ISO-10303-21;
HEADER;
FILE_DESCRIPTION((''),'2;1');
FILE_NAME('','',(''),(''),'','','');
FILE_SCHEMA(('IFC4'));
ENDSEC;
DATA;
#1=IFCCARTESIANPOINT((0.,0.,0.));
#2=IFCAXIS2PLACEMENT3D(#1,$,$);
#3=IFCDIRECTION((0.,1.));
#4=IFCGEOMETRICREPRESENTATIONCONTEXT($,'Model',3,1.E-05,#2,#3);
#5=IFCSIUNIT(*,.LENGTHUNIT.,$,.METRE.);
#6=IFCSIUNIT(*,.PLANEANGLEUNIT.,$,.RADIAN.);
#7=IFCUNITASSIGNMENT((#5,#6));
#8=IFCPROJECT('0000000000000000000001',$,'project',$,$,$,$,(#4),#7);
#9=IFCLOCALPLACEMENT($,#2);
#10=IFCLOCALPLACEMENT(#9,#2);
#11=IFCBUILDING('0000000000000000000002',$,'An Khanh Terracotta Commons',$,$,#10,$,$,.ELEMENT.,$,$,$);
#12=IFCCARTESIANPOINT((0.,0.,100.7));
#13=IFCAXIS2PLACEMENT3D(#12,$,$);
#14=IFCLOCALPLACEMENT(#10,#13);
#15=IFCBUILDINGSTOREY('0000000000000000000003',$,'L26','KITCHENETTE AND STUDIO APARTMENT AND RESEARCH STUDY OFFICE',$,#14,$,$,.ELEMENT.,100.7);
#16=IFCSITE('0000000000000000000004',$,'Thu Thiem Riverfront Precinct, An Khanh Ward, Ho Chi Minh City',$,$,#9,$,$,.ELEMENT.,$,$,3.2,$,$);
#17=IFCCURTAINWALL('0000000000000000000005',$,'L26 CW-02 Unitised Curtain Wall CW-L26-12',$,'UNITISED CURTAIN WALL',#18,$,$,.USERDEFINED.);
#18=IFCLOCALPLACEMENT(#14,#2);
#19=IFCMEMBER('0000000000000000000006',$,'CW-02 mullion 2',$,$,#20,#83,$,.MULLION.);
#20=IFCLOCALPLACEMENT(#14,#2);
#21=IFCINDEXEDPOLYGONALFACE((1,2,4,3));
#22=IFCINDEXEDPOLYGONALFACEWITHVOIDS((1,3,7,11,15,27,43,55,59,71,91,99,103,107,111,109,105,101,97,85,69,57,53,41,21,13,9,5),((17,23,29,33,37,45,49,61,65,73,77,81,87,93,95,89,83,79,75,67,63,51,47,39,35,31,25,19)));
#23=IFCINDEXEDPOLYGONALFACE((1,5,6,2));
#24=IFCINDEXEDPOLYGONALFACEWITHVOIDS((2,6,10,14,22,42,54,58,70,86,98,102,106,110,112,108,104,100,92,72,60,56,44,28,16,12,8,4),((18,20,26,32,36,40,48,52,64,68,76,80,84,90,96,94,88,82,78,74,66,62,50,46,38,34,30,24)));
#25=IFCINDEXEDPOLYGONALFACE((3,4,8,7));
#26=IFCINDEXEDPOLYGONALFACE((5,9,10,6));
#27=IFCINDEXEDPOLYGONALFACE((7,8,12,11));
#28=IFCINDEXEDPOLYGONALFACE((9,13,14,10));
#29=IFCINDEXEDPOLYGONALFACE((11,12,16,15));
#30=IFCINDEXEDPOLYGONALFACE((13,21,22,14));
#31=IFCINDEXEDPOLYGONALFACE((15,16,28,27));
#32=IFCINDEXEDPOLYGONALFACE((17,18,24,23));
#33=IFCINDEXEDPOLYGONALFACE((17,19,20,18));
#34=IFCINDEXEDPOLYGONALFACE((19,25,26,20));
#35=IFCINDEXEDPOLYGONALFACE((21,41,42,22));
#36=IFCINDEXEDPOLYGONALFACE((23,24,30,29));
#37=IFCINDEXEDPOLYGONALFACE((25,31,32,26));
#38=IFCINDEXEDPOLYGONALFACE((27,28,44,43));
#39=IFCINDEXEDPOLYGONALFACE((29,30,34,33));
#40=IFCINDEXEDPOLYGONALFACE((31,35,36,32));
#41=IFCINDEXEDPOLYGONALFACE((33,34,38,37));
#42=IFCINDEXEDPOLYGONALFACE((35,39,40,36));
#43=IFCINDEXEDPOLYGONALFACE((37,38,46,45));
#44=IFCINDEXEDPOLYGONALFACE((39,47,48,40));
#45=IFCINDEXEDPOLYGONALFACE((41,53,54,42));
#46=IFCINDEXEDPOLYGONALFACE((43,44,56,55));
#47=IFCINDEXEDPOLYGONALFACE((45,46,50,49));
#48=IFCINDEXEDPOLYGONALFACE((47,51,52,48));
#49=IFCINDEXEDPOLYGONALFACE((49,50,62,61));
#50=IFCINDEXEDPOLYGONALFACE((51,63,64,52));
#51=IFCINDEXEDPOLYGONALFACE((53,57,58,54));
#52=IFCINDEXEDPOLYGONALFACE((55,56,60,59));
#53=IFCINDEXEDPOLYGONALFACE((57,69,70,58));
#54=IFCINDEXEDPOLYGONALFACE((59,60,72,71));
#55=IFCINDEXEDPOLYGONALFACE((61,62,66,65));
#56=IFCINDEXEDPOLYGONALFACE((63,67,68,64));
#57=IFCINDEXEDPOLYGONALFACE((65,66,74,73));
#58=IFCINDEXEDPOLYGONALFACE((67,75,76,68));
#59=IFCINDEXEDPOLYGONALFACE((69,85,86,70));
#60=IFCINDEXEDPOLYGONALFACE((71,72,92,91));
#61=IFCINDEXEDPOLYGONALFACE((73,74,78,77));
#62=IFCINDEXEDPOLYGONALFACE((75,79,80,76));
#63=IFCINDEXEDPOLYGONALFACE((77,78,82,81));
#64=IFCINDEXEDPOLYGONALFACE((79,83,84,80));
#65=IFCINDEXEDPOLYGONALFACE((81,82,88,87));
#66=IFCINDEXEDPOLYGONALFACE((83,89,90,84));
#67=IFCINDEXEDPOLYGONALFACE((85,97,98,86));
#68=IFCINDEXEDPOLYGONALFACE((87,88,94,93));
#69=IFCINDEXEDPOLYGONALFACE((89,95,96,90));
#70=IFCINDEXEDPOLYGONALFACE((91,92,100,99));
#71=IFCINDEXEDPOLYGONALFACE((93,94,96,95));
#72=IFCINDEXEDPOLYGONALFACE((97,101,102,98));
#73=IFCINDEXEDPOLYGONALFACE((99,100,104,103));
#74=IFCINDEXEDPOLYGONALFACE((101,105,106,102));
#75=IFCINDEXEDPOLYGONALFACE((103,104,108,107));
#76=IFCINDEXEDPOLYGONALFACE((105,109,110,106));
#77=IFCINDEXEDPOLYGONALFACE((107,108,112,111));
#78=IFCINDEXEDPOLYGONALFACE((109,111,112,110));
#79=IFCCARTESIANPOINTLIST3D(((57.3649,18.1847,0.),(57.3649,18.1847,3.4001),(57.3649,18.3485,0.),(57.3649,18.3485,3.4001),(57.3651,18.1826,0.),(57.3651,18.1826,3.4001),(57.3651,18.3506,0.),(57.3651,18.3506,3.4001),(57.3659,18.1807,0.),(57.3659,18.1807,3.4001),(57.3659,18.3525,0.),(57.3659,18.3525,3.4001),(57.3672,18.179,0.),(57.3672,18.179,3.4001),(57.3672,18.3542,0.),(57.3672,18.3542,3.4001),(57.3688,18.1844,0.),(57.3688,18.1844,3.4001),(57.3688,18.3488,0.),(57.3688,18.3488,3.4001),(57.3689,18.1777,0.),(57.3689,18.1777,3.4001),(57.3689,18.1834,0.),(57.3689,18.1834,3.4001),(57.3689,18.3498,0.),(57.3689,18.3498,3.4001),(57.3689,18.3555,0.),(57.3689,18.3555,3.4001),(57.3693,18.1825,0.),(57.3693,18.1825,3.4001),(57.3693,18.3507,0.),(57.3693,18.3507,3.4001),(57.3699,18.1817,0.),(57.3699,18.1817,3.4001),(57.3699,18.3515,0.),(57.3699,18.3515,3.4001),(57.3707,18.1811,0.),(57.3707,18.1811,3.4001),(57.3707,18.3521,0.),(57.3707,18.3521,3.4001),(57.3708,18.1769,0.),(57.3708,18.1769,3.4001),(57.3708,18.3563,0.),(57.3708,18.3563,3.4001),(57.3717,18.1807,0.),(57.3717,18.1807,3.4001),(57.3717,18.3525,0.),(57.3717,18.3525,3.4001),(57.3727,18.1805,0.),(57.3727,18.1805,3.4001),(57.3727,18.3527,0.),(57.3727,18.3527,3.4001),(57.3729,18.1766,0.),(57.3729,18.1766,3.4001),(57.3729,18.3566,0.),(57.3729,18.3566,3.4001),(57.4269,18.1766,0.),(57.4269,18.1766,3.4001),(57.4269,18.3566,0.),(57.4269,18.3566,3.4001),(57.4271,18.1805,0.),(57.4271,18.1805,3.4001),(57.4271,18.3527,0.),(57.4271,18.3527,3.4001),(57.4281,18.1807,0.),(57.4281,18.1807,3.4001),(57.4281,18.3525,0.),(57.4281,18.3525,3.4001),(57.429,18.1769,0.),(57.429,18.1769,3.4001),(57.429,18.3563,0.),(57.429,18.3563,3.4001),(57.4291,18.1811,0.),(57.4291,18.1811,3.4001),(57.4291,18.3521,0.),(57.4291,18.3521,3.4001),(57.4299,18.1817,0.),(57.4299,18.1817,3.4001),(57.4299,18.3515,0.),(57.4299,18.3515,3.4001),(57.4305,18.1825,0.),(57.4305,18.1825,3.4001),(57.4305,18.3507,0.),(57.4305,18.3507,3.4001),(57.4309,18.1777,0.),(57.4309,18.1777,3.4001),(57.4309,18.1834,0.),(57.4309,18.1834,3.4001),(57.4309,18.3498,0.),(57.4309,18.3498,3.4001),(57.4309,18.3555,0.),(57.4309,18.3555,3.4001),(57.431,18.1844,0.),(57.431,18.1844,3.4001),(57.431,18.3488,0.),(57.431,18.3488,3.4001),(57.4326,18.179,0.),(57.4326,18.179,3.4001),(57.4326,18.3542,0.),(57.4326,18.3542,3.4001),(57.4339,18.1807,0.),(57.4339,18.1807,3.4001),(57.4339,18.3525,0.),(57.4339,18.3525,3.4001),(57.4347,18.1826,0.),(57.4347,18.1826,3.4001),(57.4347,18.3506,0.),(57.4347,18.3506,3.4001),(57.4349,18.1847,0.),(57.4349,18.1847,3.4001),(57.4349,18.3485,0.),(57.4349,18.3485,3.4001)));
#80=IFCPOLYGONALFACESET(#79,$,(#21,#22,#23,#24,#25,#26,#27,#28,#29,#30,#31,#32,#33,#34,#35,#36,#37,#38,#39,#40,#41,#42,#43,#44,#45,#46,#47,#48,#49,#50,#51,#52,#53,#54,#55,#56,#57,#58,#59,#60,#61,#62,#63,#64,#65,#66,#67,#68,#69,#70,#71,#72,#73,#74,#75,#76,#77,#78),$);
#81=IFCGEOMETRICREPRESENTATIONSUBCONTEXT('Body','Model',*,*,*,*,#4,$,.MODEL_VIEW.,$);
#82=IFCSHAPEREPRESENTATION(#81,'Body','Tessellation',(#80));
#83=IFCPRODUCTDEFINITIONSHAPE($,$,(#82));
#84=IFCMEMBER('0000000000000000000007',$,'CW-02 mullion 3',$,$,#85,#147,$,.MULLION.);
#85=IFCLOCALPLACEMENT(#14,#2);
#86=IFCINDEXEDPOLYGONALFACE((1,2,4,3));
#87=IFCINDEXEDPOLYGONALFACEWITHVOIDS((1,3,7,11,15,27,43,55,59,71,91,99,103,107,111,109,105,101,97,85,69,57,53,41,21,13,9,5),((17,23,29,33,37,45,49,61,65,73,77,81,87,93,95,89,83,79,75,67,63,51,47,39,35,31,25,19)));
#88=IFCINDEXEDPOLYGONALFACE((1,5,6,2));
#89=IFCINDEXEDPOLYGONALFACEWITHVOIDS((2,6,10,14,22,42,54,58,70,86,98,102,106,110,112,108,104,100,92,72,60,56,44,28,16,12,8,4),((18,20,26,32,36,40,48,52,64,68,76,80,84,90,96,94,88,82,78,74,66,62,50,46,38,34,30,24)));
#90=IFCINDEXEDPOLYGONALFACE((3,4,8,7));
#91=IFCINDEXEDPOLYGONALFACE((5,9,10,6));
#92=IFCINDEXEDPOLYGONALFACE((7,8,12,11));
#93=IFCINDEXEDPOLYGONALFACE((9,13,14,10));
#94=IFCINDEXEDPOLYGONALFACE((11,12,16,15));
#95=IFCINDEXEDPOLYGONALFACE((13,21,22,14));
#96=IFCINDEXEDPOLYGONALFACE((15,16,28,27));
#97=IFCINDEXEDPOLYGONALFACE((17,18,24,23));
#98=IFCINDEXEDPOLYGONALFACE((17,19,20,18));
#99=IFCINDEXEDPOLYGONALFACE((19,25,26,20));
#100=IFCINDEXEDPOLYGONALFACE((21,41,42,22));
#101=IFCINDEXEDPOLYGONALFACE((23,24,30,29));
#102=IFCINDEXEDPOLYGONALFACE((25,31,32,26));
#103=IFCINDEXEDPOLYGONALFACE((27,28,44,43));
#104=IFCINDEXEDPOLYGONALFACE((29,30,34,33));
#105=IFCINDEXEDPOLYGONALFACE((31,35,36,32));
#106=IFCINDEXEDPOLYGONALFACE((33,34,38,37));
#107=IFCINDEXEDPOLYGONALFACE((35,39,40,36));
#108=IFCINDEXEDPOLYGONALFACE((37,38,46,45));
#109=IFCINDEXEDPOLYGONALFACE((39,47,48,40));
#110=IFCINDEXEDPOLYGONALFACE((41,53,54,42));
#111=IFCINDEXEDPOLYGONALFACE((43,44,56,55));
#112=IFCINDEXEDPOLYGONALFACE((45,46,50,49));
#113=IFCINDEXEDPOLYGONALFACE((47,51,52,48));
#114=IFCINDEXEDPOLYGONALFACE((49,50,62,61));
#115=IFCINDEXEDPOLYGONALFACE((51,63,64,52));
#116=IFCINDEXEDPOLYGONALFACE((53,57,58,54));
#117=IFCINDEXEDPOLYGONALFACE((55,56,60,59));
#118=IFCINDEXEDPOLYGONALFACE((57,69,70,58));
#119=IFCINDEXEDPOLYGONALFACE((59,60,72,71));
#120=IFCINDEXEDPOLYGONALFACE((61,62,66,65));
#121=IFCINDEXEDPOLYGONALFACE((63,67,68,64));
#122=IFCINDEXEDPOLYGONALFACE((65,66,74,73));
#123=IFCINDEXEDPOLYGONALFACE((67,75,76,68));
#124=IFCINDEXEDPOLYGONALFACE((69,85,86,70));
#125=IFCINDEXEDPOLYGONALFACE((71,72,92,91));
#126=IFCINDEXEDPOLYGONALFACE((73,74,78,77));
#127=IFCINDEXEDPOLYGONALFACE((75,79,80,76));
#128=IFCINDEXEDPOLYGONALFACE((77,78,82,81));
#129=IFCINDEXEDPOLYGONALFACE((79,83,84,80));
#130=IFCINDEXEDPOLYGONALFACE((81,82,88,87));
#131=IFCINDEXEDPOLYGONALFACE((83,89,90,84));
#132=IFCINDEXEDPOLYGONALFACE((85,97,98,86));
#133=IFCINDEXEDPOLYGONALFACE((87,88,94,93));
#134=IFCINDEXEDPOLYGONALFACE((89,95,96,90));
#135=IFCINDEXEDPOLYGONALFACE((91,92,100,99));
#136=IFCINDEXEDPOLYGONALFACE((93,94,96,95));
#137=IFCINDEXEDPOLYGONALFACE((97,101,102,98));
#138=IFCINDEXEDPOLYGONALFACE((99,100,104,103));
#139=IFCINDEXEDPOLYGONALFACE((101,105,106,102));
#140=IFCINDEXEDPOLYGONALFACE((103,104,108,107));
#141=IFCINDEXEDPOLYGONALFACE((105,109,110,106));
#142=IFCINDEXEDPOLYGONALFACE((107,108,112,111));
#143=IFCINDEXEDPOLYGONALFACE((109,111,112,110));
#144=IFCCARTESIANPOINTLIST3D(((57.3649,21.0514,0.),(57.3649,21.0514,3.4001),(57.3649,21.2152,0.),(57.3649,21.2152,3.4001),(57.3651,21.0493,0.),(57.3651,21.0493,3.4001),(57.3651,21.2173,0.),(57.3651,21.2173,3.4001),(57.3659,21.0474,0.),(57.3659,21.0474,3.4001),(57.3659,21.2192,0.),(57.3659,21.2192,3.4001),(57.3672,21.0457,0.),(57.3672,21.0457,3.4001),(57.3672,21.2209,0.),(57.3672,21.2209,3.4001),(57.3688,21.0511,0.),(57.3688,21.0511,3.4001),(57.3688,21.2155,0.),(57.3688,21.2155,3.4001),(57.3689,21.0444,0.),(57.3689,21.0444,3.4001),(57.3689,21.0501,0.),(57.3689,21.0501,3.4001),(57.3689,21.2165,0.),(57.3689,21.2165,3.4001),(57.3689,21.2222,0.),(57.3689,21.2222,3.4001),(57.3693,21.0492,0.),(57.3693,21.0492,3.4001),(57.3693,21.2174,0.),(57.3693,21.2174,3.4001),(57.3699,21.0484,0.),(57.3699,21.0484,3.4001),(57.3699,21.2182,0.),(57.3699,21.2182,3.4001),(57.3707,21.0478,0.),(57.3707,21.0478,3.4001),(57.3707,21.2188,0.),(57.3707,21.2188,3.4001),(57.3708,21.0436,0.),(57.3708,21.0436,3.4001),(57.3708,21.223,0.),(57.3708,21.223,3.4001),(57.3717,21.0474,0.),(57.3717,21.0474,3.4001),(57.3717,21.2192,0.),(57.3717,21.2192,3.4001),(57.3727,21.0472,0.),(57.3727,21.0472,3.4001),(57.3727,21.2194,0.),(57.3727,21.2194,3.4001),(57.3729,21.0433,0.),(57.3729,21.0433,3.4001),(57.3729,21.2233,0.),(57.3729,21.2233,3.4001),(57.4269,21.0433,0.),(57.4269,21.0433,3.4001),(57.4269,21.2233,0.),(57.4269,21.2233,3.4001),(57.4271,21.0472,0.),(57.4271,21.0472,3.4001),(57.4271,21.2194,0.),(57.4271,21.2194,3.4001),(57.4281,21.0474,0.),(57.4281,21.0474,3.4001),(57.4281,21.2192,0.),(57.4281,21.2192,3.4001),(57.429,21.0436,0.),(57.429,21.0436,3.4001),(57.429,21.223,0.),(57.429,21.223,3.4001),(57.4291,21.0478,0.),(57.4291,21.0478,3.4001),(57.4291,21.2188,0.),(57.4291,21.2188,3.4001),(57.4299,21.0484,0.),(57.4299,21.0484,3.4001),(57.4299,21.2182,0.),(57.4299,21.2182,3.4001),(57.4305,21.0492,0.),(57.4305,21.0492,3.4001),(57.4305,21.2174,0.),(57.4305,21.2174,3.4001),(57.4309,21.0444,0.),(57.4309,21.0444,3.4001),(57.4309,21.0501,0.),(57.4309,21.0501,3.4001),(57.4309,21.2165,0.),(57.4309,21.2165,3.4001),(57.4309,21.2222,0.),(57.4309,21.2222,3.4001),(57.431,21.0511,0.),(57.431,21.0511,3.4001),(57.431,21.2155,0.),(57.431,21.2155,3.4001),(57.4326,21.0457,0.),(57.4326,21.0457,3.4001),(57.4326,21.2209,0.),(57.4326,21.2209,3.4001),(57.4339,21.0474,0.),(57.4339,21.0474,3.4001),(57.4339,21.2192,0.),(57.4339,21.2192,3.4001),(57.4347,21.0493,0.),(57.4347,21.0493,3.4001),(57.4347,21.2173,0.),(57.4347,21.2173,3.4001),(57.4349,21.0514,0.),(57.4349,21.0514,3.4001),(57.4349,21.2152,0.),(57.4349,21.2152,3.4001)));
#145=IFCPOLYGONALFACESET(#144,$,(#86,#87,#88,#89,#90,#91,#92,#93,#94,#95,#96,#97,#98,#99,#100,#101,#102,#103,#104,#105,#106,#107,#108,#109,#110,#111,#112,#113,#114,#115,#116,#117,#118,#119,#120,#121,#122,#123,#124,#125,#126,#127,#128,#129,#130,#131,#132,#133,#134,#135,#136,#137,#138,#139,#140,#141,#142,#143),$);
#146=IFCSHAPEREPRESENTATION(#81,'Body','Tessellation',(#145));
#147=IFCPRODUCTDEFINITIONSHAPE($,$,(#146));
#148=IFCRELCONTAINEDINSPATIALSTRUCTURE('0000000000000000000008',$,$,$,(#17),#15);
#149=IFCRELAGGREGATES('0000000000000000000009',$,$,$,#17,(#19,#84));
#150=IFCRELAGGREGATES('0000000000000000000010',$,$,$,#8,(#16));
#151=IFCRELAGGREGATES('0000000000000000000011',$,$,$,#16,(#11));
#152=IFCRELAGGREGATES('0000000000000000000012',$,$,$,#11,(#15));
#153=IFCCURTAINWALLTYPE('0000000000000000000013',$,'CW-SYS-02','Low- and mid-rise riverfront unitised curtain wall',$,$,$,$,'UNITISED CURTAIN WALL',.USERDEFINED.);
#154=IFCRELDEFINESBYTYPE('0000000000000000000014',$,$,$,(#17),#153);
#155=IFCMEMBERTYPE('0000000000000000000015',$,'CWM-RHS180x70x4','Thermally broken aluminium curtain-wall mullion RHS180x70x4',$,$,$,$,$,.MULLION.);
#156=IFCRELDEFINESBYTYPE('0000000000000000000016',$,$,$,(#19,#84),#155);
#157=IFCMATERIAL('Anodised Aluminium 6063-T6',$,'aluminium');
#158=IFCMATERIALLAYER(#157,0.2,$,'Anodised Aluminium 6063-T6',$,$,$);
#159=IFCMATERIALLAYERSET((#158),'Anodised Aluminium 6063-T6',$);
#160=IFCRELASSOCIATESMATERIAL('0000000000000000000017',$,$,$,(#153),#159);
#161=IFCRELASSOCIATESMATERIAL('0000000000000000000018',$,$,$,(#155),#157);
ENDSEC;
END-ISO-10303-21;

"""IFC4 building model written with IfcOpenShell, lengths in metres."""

from ifc_helpers import new_model, si_unit, direction, frame, origin, origin_2d, place, context, subcontext, project, spatial, hollow_rectangle, extrude, material, layer, layer_set, material_profile, profile_set, type_object, element, aggregate, save


model = new_model("IFC4")

# Units and contexts
model_context = context("Model", 3, precision=1e-05, world=origin(), true_north=direction((0.0, 1.0)))
body_context = subcontext(model_context, "Body", "Model", "MODEL_VIEW")
ifc_project = project(units=[si_unit("LENGTHUNIT", "METRE"), si_unit("PLANEANGLEUNIT", "RADIAN")], contexts=[model_context])

# Site, building, storey
site_placement = place(None, origin())
site = spatial("IfcSite", under=ifc_project, at=site_placement, Name="Thu Thiem Riverfront Precinct, An Khanh Ward, Ho Chi Minh City", CompositionType="ELEMENT", RefElevation=3.2)
building_placement = place(site_placement, origin())
building = spatial("IfcBuilding", under=site, at=building_placement, Name="An Khanh Terracotta Commons", CompositionType="ELEMENT")
storey_placement = place(building_placement, frame((0.0, 0.0, 100.7)))
storey = spatial("IfcBuildingStorey", under=building, at=storey_placement, Name="L26", Description="KITCHENETTE AND STUDIO APARTMENT AND RESEARCH STUDY OFFICE", CompositionType="ELEMENT", Elevation=100.7)

# Curtain wall, members
ifc_material_1 = material(Name="Anodised Aluminium 6063-T6", Category="aluminium")
ifc_layer_1 = layer(ifc_material_1, 0.2, Name="Anodised Aluminium 6063-T6")
ifc_layer_set_1 = layer_set([ifc_layer_1], Name="Anodised Aluminium 6063-T6")
curtain_wall_type = type_object("IfcCurtainWallType", Name="CW-SYS-02", Description="Low- and mid-rise riverfront unitised curtain wall", ElementType="UNITISED CURTAIN WALL", PredefinedType="USERDEFINED", material=ifc_layer_set_1)
ifc_material_profile_1 = material_profile(ifc_material_1, hollow_rectangle(XDim=0.0701, YDim=0.1799, WallThickness=0.0039, InnerFilletRadius=0.0039, OuterFilletRadius=0.0081, at=origin_2d()), Name="RHS180x70x4")
ifc_profile_set_1 = profile_set([ifc_material_profile_1], Name="Anodised Aluminium 6063-T6")
member_type_1 = type_object("IfcMemberType", Name="CWM-RHS180x70x4", Description="Thermally broken aluminium curtain-wall mullion RHS180x70x4", PredefinedType="MULLION", material=ifc_profile_set_1)
curtain_wall_1_placement = place(storey_placement, origin())
curtain_wall_1 = element("IfcCurtainWall", 1, at=curtain_wall_1_placement, inside=storey, type_object=curtain_wall_type, Name="L26 CW-02 Unitised Curtain Wall CW-L26-12", ObjectType="UNITISED CURTAIN WALL", PredefinedType="USERDEFINED")
member_1_placement = place(storey_placement, frame((57.3999, 18.2666, 0.0), z_axis=(0.0, 0.0, 1.0), x_axis=(-1.0, 0.0, 0.0)))
member_1 = element("IfcMember", 2, at=member_1_placement, type_object=member_type_1, Name="CW-02 mullion 2", PredefinedType="MULLION", context=body_context, shape_type="SweptSolid", body=[
    extrude(hollow_rectangle(XDim=0.0701, YDim=0.1799, WallThickness=0.0039, InnerFilletRadius=0.0039, OuterFilletRadius=0.0081, at=origin_2d()), origin(), (0.0, 0.0, 1.0), 3.4001),
])
member_2_placement = place(storey_placement, frame((57.3999, 21.1333, 0.0), z_axis=(0.0, 0.0, 1.0), x_axis=(-1.0, 0.0, 0.0)))
member_2 = element("IfcMember", 3, at=member_2_placement, type_object=member_type_1, Name="CW-02 mullion 3", PredefinedType="MULLION", context=body_context, shape_type="SweptSolid", body=[
    extrude(hollow_rectangle(XDim=0.0701, YDim=0.1799, WallThickness=0.0039, InnerFilletRadius=0.0039, OuterFilletRadius=0.0081, at=origin_2d()), origin(), (0.0, 0.0, 1.0), 3.4001),
])

aggregate(curtain_wall_1, [member_1, member_2])

save(model, "model.ifc")
